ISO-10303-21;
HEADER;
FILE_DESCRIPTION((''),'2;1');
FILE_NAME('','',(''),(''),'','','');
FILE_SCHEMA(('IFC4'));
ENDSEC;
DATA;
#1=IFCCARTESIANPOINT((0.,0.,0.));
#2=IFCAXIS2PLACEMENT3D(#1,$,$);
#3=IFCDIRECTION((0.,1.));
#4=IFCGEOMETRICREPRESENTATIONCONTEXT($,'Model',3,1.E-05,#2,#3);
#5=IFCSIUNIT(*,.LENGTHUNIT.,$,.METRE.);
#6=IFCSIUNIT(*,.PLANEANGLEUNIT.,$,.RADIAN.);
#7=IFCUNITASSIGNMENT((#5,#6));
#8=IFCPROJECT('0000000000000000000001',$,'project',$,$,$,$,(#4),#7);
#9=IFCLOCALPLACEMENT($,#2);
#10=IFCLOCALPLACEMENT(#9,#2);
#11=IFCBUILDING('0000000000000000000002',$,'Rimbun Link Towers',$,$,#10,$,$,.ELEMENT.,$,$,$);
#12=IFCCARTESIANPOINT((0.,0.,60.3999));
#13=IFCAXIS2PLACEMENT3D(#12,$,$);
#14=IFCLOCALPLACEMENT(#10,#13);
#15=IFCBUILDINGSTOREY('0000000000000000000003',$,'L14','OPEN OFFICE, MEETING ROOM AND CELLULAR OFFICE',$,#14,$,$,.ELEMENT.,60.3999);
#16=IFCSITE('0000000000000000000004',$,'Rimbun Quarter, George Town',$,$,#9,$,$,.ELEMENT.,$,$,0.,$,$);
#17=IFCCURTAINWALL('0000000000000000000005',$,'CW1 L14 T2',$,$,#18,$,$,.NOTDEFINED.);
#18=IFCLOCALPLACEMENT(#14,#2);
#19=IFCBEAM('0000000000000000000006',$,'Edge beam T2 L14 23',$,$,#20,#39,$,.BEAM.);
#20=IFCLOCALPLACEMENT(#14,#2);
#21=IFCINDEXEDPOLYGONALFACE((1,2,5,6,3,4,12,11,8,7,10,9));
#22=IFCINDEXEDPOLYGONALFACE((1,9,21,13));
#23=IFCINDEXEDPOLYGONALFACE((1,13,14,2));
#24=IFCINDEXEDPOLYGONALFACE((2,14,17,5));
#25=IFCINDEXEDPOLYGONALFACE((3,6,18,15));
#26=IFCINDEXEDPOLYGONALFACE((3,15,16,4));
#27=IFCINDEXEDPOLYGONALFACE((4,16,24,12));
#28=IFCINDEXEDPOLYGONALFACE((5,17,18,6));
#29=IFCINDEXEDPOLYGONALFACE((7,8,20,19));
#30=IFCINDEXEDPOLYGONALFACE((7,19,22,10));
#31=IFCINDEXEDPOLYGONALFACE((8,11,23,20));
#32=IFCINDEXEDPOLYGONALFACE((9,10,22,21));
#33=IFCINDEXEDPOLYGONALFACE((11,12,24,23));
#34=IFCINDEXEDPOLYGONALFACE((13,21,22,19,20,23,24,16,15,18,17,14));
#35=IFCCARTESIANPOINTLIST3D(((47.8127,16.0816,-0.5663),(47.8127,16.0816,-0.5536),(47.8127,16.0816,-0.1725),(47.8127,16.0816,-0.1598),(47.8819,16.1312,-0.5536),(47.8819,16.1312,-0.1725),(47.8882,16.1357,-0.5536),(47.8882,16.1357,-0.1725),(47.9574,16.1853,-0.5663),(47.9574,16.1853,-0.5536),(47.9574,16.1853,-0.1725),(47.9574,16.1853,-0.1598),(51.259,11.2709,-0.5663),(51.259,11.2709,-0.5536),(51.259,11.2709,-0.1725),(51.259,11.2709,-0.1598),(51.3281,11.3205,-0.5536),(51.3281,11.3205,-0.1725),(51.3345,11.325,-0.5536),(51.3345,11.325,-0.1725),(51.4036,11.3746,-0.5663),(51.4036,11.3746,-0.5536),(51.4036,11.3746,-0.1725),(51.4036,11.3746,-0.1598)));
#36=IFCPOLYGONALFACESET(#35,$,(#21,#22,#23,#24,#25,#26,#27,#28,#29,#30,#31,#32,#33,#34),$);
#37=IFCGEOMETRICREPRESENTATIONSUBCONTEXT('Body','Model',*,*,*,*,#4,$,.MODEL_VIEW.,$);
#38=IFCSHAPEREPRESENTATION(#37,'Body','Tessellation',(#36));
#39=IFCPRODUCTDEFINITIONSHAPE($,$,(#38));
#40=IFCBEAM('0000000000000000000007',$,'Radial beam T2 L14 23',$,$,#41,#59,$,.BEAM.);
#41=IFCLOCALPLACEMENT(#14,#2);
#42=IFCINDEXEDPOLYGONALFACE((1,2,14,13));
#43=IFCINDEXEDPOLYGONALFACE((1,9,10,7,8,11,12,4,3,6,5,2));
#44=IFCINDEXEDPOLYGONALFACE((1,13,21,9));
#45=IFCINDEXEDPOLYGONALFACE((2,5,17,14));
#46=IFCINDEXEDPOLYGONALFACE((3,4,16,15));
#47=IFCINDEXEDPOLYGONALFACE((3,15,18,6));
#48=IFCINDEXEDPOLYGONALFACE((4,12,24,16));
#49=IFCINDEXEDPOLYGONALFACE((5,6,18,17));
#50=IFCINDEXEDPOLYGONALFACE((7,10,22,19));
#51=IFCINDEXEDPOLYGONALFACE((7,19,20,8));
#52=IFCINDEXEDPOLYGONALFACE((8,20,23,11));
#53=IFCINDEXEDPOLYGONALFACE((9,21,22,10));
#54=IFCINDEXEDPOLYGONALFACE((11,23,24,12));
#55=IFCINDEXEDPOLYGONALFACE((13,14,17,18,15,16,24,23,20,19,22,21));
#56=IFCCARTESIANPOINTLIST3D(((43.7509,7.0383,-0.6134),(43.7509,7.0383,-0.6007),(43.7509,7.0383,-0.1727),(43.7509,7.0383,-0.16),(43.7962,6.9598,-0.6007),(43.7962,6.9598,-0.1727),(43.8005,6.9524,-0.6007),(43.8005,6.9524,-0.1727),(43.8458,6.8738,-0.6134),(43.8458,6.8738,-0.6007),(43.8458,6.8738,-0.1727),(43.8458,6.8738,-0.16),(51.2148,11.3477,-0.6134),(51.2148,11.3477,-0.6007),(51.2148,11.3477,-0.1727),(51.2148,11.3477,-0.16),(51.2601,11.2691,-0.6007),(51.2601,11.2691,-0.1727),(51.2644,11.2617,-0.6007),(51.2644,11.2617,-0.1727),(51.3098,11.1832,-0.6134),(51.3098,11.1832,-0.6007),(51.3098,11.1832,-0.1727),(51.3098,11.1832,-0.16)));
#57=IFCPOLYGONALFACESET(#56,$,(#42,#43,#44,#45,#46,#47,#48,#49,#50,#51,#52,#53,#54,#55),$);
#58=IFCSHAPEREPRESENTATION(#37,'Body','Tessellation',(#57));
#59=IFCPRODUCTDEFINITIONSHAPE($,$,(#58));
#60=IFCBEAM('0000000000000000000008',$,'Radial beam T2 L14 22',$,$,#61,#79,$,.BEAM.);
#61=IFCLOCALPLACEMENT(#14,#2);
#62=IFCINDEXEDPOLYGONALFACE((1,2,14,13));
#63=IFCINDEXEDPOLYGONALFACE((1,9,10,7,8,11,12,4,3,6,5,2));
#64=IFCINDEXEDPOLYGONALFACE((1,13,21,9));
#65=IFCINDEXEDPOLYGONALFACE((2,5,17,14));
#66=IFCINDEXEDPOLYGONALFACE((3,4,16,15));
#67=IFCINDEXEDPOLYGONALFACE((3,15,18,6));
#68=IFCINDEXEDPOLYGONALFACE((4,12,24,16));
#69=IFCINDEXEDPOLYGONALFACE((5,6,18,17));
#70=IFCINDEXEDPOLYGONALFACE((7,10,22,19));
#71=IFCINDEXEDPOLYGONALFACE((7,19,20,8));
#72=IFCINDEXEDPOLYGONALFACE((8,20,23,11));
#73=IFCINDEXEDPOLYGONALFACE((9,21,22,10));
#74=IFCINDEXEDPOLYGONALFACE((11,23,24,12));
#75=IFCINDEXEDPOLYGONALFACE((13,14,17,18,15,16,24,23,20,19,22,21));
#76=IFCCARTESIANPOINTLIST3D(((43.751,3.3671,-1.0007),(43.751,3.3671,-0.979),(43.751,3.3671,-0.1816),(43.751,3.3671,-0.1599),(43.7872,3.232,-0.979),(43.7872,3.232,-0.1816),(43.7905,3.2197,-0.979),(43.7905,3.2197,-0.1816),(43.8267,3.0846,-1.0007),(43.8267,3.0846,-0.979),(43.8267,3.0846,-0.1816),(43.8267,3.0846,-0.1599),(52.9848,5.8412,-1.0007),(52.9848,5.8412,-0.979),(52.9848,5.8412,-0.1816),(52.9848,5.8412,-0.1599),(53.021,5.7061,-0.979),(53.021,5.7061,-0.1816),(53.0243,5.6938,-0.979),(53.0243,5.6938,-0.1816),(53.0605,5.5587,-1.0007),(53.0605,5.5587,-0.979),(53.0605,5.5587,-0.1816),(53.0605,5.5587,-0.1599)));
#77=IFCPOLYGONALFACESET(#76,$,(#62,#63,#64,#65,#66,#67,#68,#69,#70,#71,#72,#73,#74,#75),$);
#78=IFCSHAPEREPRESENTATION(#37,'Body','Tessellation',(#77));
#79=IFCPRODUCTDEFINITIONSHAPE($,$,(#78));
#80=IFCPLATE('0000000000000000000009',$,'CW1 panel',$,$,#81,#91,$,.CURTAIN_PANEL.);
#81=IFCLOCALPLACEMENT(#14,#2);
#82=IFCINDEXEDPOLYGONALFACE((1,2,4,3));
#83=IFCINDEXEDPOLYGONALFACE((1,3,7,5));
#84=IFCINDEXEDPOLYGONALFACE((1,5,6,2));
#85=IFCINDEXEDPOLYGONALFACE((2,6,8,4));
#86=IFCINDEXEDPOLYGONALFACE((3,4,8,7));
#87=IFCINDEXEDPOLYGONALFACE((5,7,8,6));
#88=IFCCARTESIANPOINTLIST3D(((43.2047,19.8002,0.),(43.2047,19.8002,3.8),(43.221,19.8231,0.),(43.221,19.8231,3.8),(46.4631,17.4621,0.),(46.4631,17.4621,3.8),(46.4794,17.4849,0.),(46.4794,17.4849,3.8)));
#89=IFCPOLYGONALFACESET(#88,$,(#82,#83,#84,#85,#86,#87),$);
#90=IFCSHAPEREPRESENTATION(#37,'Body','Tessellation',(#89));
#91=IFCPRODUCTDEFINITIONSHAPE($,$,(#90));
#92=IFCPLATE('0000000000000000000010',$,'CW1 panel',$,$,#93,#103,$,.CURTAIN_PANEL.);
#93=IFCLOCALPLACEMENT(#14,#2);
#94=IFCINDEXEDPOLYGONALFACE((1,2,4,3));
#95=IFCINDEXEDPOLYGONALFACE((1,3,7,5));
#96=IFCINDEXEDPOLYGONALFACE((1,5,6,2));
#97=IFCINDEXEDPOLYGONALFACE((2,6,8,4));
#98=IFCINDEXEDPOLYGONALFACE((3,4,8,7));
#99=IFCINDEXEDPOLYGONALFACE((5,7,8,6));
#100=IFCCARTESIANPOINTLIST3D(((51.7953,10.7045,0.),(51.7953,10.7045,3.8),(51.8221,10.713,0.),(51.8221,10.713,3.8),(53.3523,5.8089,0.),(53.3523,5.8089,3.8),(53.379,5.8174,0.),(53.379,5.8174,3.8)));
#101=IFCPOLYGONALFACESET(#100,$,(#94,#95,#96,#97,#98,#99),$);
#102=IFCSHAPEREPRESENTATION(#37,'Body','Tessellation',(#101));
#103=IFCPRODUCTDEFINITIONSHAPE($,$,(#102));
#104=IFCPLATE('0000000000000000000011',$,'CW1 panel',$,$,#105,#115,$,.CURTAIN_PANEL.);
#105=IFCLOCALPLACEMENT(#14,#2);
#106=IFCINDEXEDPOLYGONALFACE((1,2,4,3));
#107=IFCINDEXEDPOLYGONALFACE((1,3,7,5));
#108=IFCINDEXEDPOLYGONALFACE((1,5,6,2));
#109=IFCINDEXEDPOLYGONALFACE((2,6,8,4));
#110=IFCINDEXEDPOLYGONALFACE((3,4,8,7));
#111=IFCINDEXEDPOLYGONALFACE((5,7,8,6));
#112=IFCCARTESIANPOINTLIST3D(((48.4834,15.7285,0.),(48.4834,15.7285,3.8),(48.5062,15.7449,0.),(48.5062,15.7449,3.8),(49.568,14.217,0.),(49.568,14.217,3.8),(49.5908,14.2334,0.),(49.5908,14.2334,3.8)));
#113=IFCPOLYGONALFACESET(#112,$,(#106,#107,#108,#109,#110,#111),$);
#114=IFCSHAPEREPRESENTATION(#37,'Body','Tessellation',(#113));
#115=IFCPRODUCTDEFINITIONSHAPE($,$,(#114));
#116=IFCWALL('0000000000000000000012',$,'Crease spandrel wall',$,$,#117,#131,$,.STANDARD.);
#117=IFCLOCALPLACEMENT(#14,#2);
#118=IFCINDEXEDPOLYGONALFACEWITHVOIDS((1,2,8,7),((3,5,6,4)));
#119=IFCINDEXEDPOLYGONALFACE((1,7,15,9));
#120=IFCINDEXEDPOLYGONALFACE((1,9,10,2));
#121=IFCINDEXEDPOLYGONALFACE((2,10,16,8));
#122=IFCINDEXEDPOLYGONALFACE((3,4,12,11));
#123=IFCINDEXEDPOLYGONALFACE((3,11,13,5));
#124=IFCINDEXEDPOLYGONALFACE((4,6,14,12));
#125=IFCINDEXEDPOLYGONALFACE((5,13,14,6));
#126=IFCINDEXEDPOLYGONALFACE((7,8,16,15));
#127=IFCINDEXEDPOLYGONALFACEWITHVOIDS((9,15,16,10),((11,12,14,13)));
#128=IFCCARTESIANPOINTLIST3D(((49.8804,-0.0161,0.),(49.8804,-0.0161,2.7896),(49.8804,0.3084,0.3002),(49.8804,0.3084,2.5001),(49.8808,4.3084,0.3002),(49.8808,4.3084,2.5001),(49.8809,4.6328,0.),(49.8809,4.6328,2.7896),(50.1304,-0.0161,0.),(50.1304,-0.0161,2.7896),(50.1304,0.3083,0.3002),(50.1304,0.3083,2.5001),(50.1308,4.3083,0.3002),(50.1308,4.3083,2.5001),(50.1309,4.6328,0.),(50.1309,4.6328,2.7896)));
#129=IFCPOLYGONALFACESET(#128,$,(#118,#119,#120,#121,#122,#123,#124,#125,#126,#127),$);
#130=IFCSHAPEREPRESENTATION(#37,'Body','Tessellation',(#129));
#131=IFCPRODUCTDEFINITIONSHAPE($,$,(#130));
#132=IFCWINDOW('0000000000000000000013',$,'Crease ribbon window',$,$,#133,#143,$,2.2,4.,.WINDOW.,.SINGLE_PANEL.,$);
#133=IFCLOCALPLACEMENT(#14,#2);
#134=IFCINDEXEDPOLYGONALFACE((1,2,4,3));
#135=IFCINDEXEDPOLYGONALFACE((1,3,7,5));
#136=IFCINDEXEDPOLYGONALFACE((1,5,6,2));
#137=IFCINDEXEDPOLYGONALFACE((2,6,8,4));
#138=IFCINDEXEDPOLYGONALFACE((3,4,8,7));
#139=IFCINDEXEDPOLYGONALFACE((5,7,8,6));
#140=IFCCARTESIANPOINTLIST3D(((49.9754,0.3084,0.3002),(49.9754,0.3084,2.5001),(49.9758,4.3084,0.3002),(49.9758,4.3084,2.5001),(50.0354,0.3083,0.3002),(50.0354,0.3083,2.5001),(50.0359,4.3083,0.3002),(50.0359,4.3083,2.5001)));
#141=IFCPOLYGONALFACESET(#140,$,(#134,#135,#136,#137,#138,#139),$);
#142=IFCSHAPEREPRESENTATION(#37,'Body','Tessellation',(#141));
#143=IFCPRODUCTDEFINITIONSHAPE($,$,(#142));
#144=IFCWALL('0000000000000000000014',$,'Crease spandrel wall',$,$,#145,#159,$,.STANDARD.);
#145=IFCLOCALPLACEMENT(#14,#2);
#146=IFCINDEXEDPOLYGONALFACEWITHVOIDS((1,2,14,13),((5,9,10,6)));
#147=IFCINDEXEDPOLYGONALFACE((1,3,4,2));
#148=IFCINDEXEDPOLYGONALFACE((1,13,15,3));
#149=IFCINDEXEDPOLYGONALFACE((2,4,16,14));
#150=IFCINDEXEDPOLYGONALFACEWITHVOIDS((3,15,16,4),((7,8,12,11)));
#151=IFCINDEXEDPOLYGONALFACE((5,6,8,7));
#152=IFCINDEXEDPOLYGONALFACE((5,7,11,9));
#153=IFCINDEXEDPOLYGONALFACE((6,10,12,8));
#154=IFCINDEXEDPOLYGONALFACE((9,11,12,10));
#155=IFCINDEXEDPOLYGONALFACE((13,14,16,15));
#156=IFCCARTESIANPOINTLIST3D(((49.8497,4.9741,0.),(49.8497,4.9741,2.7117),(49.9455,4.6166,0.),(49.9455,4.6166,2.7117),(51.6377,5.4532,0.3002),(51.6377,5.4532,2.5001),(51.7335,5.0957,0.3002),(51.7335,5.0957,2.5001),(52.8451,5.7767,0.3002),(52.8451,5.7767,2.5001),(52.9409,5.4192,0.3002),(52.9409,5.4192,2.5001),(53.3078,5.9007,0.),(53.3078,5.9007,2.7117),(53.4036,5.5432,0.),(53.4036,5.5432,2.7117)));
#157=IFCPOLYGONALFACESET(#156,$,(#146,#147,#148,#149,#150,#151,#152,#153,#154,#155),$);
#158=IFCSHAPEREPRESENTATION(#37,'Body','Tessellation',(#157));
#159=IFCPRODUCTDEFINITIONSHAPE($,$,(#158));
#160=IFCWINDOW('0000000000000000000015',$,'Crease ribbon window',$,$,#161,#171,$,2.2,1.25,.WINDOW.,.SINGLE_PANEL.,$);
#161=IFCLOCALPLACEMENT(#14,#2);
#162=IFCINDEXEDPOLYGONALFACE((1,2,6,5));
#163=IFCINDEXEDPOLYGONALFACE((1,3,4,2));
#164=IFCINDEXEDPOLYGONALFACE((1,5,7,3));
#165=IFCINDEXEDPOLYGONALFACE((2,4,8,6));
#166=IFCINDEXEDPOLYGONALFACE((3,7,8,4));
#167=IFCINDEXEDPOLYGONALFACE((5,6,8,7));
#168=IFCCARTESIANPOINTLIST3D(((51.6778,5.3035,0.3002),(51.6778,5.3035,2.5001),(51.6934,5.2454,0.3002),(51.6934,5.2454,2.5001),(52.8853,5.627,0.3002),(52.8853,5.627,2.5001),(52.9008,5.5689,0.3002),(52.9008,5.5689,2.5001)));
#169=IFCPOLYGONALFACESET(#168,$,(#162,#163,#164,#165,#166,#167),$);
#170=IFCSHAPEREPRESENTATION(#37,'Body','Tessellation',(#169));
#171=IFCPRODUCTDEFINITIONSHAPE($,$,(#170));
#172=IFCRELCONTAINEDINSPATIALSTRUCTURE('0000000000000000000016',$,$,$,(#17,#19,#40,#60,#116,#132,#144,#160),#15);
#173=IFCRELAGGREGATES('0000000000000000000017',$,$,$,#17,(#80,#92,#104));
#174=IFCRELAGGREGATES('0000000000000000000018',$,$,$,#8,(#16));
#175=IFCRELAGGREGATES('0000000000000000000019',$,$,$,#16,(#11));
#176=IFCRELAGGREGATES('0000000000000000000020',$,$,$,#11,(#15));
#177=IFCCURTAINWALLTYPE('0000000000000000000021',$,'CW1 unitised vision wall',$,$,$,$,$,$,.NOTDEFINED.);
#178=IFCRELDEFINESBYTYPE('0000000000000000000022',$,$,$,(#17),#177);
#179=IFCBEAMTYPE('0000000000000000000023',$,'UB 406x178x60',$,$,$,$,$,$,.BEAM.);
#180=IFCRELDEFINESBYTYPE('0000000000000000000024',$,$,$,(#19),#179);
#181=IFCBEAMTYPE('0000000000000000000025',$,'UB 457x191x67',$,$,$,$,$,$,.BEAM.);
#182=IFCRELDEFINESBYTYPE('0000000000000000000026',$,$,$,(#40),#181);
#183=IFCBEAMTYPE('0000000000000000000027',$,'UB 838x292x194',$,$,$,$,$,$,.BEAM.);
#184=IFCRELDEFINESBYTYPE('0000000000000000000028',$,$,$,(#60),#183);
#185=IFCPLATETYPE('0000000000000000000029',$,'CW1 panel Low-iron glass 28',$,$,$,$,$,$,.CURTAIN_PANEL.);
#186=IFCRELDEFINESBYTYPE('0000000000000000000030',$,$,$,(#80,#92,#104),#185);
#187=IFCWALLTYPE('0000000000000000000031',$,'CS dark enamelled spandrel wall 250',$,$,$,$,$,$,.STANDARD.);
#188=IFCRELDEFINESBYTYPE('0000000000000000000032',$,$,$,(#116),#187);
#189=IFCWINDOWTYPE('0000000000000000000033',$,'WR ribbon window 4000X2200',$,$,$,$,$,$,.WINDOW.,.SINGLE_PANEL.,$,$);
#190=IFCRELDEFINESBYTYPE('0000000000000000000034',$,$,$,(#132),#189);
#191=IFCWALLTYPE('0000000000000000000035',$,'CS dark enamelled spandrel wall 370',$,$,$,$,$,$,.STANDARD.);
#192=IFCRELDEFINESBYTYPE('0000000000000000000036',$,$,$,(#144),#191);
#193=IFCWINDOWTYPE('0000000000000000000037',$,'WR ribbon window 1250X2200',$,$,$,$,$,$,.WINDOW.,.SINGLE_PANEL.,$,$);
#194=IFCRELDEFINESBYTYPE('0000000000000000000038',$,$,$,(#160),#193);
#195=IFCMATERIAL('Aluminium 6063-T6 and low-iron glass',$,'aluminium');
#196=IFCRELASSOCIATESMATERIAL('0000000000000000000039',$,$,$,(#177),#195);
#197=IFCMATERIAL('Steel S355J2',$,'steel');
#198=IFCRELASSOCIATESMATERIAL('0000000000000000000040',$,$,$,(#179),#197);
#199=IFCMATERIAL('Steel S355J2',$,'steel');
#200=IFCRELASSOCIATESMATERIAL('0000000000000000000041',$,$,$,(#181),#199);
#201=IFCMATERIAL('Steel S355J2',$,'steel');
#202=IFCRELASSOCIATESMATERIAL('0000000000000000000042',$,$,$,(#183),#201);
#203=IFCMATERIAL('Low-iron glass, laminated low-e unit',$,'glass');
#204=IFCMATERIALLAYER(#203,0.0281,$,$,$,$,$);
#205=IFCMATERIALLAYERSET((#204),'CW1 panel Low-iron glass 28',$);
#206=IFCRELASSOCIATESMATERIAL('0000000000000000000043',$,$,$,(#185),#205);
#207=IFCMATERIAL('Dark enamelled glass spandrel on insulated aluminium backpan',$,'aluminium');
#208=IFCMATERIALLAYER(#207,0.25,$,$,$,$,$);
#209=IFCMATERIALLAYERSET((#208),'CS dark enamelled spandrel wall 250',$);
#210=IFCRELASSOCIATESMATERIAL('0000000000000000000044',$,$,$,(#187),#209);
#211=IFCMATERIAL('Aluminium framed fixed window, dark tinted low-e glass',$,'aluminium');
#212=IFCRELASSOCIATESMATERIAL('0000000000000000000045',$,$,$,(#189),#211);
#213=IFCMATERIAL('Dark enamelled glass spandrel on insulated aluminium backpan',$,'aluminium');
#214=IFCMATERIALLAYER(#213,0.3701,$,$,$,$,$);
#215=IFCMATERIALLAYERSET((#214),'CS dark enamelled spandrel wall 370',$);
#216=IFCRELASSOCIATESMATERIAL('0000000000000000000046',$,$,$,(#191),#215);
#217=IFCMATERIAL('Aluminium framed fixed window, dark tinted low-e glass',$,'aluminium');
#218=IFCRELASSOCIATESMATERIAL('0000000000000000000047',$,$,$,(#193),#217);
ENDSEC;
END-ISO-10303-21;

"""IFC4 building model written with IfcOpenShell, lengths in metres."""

from ifc_helpers import new_model, si_unit, direction, frame, frame_2d, origin, origin_2d, place, context, subcontext, project, spatial, rectangle, i_section, extrude, material, layer, layer_set, material_profile, profile_set, type_object, element, fill, aggregate, save


model = new_model("IFC4")

# Units and contexts
model_context = context("Model", 3, precision=1e-05, world=origin(), true_north=direction((0.0, 1.0)))
body_context = subcontext(model_context, "Body", "Model", "MODEL_VIEW")
ifc_project = project(units=[si_unit("LENGTHUNIT", "METRE"), si_unit("PLANEANGLEUNIT", "RADIAN")], contexts=[model_context])

# Site, building, storey
site_placement = place(None, origin())
site = spatial("IfcSite", under=ifc_project, at=site_placement, Name="Rimbun Quarter, George Town", CompositionType="ELEMENT", RefElevation=0.0)
building_placement = place(site_placement, origin())
building = spatial("IfcBuilding", under=site, at=building_placement, Name="Rimbun Link Towers", CompositionType="ELEMENT")
storey_placement = place(building_placement, frame((0.0, 0.0, 60.3999)))
storey = spatial("IfcBuildingStorey", under=building, at=storey_placement, Name="L14", Description="OPEN OFFICE, MEETING ROOM AND CELLULAR OFFICE", CompositionType="ELEMENT", Elevation=60.3999)

# Curtain wall
ifc_material_1 = material(Name="Aluminium 6063-T6 and low-iron glass", Category="aluminium")
curtain_wall_type = type_object("IfcCurtainWallType", Name="CW1 unitised vision wall", PredefinedType="NOTDEFINED", material=ifc_material_1)
curtain_wall_placement = place(storey_placement, origin())
curtain_wall = element("IfcCurtainWall", 1, at=curtain_wall_placement, inside=storey, type_object=curtain_wall_type, Name="CW1 L14 T2", PredefinedType="NOTDEFINED")

# Beams
ifc_material_2 = material(Name="Steel S355J2", Category="steel")
ifc_material_profile_1 = material_profile(ifc_material_2, i_section(OverallWidth=0.178, OverallDepth=0.4065, WebThickness=0.0078, FlangeThickness=0.0127, at=origin_2d()), Name="UB 406x178x60")
ifc_profile_set_1 = profile_set([ifc_material_profile_1], Name="Steel S355J2")
beam_type_1 = type_object("IfcBeamType", Name="UB 406x178x60", PredefinedType="BEAM", material=ifc_profile_set_1)
beam_1_placement = place(storey_placement, frame((51.3313, 11.3228, -0.363), z_axis=(-0.582358, 0.812933, 0.0), x_axis=(-0.812933, -0.582358, 0.0)))
element("IfcBeam", 2, at=beam_1_placement, inside=storey, type_object=beam_type_1, Name="Edge beam T2 L14 23", PredefinedType="BEAM", context=body_context, shape_type="SweptSolid", body=[
    extrude(i_section(OverallWidth=0.178, OverallDepth=0.4065, WebThickness=0.0078, FlangeThickness=0.0127, at=origin_2d()), origin(), (0.0, 0.0, 1.0), 5.9177),
])
ifc_material_3 = material(Name="Steel S355J2", Category="steel")
ifc_material_profile_2 = material_profile(ifc_material_3, i_section(OverallWidth=0.1899, OverallDepth=0.4534, WebThickness=0.0085, FlangeThickness=0.0127, at=origin_2d()), Name="UB 457x191x67")
ifc_profile_set_2 = profile_set([ifc_material_profile_2], Name="Steel S355J2")
beam_type_2 = type_object("IfcBeamType", Name="UB 457x191x67", PredefinedType="BEAM", material=ifc_profile_set_2)
beam_2_placement = place(storey_placement, frame((43.7983, 6.9561, -0.3867), z_axis=(0.866022, 0.500005, 0.0), x_axis=(-0.500005, 0.866022, 0.0)))
element("IfcBeam", 3, at=beam_2_placement, inside=storey, type_object=beam_type_2, Name="Radial beam T2 L14 23", PredefinedType="BEAM", context=body_context, shape_type="SweptSolid", body=[
    extrude(i_section(OverallWidth=0.1899, OverallDepth=0.4534, WebThickness=0.0085, FlangeThickness=0.0127, at=origin_2d()), origin(), (0.0, 0.0, 1.0), 8.6187),
])
ifc_material_4 = material(Name="Steel S355J2", Category="steel")
ifc_material_profile_3 = material_profile(ifc_material_4, i_section(OverallWidth=0.2925, OverallDepth=0.8408, WebThickness=0.0127, FlangeThickness=0.0217, at=origin_2d()), Name="UB 838x292x194")
ifc_profile_set_3 = profile_set([ifc_material_profile_3], Name="Steel S355J2")
beam_type_3 = type_object("IfcBeamType", Name="UB 838x292x194", PredefinedType="BEAM", material=ifc_profile_set_3)
beam_3_placement = place(storey_placement, frame((43.7888, 3.2258, -0.5803), z_axis=(0.965928, 0.25881, 0.0), x_axis=(-0.25881, 0.965928, 0.0)))
element("IfcBeam", 4, at=beam_3_placement, inside=storey, type_object=beam_type_3, Name="Radial beam T2 L14 22", PredefinedType="BEAM", context=body_context, shape_type="SweptSolid", body=[
    extrude(i_section(OverallWidth=0.2925, OverallDepth=0.8408, WebThickness=0.0127, FlangeThickness=0.0217, at=origin_2d()), origin(), (0.0, 0.0, 1.0), 9.5596),
])

# Plates
ifc_material_5 = material(Name="Low-iron glass, laminated low-e unit", Category="glass")
ifc_layer_1 = layer(ifc_material_5, 0.0281)
ifc_layer_set_1 = layer_set([ifc_layer_1], Name="CW1 panel Low-iron glass 28")
plate_type = type_object("IfcPlateType", Name="CW1 panel Low-iron glass 28", PredefinedType="CURTAIN_PANEL", material=ifc_layer_set_1)
plate_1_placement = place(storey_placement, frame((44.842, 18.6426, 0.0), z_axis=(0.0, 0.0, 1.0), x_axis=(0.812469, -0.583004, 0.0)))
plate_1 = element("IfcPlate", 5, at=plate_1_placement, type_object=plate_type, Name="CW1 panel", PredefinedType="CURTAIN_PANEL", context=body_context, shape_type="SweptSolid", body=[
    extrude(rectangle(XDim=4.0105, YDim=0.0281, at=origin_2d()), origin(), (0.0, 0.0, 1.0), 3.8),
])
plate_2_placement = place(storey_placement, frame((52.5872, 8.261, 0.0), z_axis=(0.0, 0.0, 1.0), x_axis=(0.303073, -0.952967, 0.0)))
plate_2 = element("IfcPlate", 6, at=plate_2_placement, type_object=plate_type, Name="CW1 panel", PredefinedType="CURTAIN_PANEL", context=body_context, shape_type="SweptSolid", body=[
    extrude(rectangle(XDim=5.1372, YDim=0.0281, at=origin_2d()), origin(), (0.0, 0.0, 1.0), 3.8),
])
plate_3_placement = place(storey_placement, frame((49.0371, 14.981, 0.0), z_axis=(0.0, 0.0, 1.0), x_axis=(0.583004, -0.812469, 0.0)))
plate_3 = element("IfcPlate", 7, at=plate_3_placement, type_object=plate_type, Name="CW1 panel", PredefinedType="CURTAIN_PANEL", context=body_context, shape_type="SweptSolid", body=[
    extrude(rectangle(XDim=1.8604, YDim=0.0281, at=origin_2d()), origin(), (0.0, 0.0, 1.0), 3.8),
])
aggregate(curtain_wall, [plate_1, plate_2, plate_3])

# Walls, openings, windows
ifc_material_6 = material(Name="Dark enamelled glass spandrel on insulated aluminium backpan", Category="aluminium")
ifc_layer_2 = layer(ifc_material_6, 0.25)
ifc_layer_set_2 = layer_set([ifc_layer_2], Name="CS dark enamelled spandrel wall 250")
wall_type_1 = type_object("IfcWallType", Name="CS dark enamelled spandrel wall 250", PredefinedType="STANDARD", material=ifc_layer_set_2)
wall_1_placement = place(storey_placement, frame((50.0059, 4.6328, 0.0), z_axis=(0.0, 0.0, 1.0), x_axis=(-0.000105, -1.0, 0.0)))
wall_1 = element("IfcWall", 8, at=wall_1_placement, inside=storey, type_object=wall_type_1, Name="Crease spandrel wall", PredefinedType="STANDARD", context=body_context, shape_type="SweptSolid", body=[
    extrude(rectangle(XDim=4.6489, YDim=0.25, at=frame_2d((2.3245, 0.0))), origin(), (0.0, 0.0, 1.0), 2.7896),
])
opening_1_placement = place(wall_1_placement, frame((0.3245, 0.0, 0.3)))
opening_1 = element("IfcOpeningElement", 9, at=opening_1_placement, cuts=wall_1, PredefinedType="OPENING", context=body_context, shape_type="SweptSolid", body=[
    extrude(rectangle(XDim=4.0, YDim=2.2, at=frame_2d((2.0, 1.1001))), frame((0.0, 0.135, 0.0), z_axis=(0.0, -1.0, 0.0), x_axis=(1.0, 0.0, 0.0)), (0.0, 0.0, 1.0), 0.27),
])
ifc_material_7 = material(Name="Aluminium framed fixed window, dark tinted low-e glass", Category="aluminium")
window_type_1 = type_object("IfcWindowType", Name="WR ribbon window 4000X2200", PartitioningType="SINGLE_PANEL", PredefinedType="WINDOW", material=ifc_material_7)
window_1_placement = place(opening_1_placement, origin())
window_1 = element("IfcWindow", 10, at=window_1_placement, inside=storey, type_object=window_type_1, Name="Crease ribbon window", OverallHeight=2.2, OverallWidth=4.0, PartitioningType="SINGLE_PANEL", PredefinedType="WINDOW", context=body_context, shape_type="SweptSolid", body=[
    extrude(rectangle(XDim=4.0, YDim=2.2, at=frame_2d((2.0, 1.1001))), frame((0.0, 0.03, 0.0), z_axis=(0.0, -1.0, 0.0), x_axis=(1.0, 0.0, 0.0)), (0.0, 0.0, 1.0), 0.0601),
])
fill(opening_1, window_1)
ifc_material_8 = material(Name="Dark enamelled glass spandrel on insulated aluminium backpan", Category="aluminium")
ifc_layer_3 = layer(ifc_material_8, 0.3701)
ifc_layer_set_3 = layer_set([ifc_layer_3], Name="CS dark enamelled spandrel wall 370")
wall_type_2 = type_object("IfcWallType", Name="CS dark enamelled spandrel wall 370", PredefinedType="STANDARD", material=ifc_layer_set_3)
wall_2_placement = place(storey_placement, frame((53.3557, 5.7219, 0.0), z_axis=(0.0, 0.0, 1.0), x_axis=(-0.96593, -0.258804, 0.0)))
wall_2 = element("IfcWall", 11, at=wall_2_placement, inside=storey, type_object=wall_type_2, Name="Crease spandrel wall", PredefinedType="STANDARD", context=body_context, shape_type="SweptSolid", body=[
    extrude(rectangle(XDim=3.5801, YDim=0.3701, at=frame_2d((1.79, 0.0))), origin(), (0.0, 0.0, 1.0), 2.7117),
])
opening_2_placement = place(wall_2_placement, frame((0.479, 0.0, 0.3)))
opening_2 = element("IfcOpeningElement", 12, at=opening_2_placement, cuts=wall_2, PredefinedType="OPENING", context=body_context, shape_type="SweptSolid", body=[
    extrude(rectangle(XDim=1.25, YDim=2.2, at=frame_2d((0.625, 1.1001))), frame((0.0, 0.1951, 0.0), z_axis=(0.0, -1.0, 0.0), x_axis=(1.0, 0.0, 0.0)), (0.0, 0.0, 1.0), 0.3901),
])
ifc_material_9 = material(Name="Aluminium framed fixed window, dark tinted low-e glass", Category="aluminium")
window_type_2 = type_object("IfcWindowType", Name="WR ribbon window 1250X2200", PartitioningType="SINGLE_PANEL", PredefinedType="WINDOW", material=ifc_material_9)
window_2_placement = place(opening_2_placement, origin())
window_2 = element("IfcWindow", 13, at=window_2_placement, inside=storey, type_object=window_type_2, Name="Crease ribbon window", OverallHeight=2.2, OverallWidth=1.25, PartitioningType="SINGLE_PANEL", PredefinedType="WINDOW", context=body_context, shape_type="SweptSolid", body=[
    extrude(rectangle(XDim=1.25, YDim=2.2, at=frame_2d((0.625, 1.1001))), frame((0.0, 0.03, 0.0), z_axis=(0.0, -1.0, 0.0), x_axis=(1.0, 0.0, 0.0)), (0.0, 0.0, 1.0), 0.0601),
])
fill(opening_2, window_2)

save(model, "model.ifc")
